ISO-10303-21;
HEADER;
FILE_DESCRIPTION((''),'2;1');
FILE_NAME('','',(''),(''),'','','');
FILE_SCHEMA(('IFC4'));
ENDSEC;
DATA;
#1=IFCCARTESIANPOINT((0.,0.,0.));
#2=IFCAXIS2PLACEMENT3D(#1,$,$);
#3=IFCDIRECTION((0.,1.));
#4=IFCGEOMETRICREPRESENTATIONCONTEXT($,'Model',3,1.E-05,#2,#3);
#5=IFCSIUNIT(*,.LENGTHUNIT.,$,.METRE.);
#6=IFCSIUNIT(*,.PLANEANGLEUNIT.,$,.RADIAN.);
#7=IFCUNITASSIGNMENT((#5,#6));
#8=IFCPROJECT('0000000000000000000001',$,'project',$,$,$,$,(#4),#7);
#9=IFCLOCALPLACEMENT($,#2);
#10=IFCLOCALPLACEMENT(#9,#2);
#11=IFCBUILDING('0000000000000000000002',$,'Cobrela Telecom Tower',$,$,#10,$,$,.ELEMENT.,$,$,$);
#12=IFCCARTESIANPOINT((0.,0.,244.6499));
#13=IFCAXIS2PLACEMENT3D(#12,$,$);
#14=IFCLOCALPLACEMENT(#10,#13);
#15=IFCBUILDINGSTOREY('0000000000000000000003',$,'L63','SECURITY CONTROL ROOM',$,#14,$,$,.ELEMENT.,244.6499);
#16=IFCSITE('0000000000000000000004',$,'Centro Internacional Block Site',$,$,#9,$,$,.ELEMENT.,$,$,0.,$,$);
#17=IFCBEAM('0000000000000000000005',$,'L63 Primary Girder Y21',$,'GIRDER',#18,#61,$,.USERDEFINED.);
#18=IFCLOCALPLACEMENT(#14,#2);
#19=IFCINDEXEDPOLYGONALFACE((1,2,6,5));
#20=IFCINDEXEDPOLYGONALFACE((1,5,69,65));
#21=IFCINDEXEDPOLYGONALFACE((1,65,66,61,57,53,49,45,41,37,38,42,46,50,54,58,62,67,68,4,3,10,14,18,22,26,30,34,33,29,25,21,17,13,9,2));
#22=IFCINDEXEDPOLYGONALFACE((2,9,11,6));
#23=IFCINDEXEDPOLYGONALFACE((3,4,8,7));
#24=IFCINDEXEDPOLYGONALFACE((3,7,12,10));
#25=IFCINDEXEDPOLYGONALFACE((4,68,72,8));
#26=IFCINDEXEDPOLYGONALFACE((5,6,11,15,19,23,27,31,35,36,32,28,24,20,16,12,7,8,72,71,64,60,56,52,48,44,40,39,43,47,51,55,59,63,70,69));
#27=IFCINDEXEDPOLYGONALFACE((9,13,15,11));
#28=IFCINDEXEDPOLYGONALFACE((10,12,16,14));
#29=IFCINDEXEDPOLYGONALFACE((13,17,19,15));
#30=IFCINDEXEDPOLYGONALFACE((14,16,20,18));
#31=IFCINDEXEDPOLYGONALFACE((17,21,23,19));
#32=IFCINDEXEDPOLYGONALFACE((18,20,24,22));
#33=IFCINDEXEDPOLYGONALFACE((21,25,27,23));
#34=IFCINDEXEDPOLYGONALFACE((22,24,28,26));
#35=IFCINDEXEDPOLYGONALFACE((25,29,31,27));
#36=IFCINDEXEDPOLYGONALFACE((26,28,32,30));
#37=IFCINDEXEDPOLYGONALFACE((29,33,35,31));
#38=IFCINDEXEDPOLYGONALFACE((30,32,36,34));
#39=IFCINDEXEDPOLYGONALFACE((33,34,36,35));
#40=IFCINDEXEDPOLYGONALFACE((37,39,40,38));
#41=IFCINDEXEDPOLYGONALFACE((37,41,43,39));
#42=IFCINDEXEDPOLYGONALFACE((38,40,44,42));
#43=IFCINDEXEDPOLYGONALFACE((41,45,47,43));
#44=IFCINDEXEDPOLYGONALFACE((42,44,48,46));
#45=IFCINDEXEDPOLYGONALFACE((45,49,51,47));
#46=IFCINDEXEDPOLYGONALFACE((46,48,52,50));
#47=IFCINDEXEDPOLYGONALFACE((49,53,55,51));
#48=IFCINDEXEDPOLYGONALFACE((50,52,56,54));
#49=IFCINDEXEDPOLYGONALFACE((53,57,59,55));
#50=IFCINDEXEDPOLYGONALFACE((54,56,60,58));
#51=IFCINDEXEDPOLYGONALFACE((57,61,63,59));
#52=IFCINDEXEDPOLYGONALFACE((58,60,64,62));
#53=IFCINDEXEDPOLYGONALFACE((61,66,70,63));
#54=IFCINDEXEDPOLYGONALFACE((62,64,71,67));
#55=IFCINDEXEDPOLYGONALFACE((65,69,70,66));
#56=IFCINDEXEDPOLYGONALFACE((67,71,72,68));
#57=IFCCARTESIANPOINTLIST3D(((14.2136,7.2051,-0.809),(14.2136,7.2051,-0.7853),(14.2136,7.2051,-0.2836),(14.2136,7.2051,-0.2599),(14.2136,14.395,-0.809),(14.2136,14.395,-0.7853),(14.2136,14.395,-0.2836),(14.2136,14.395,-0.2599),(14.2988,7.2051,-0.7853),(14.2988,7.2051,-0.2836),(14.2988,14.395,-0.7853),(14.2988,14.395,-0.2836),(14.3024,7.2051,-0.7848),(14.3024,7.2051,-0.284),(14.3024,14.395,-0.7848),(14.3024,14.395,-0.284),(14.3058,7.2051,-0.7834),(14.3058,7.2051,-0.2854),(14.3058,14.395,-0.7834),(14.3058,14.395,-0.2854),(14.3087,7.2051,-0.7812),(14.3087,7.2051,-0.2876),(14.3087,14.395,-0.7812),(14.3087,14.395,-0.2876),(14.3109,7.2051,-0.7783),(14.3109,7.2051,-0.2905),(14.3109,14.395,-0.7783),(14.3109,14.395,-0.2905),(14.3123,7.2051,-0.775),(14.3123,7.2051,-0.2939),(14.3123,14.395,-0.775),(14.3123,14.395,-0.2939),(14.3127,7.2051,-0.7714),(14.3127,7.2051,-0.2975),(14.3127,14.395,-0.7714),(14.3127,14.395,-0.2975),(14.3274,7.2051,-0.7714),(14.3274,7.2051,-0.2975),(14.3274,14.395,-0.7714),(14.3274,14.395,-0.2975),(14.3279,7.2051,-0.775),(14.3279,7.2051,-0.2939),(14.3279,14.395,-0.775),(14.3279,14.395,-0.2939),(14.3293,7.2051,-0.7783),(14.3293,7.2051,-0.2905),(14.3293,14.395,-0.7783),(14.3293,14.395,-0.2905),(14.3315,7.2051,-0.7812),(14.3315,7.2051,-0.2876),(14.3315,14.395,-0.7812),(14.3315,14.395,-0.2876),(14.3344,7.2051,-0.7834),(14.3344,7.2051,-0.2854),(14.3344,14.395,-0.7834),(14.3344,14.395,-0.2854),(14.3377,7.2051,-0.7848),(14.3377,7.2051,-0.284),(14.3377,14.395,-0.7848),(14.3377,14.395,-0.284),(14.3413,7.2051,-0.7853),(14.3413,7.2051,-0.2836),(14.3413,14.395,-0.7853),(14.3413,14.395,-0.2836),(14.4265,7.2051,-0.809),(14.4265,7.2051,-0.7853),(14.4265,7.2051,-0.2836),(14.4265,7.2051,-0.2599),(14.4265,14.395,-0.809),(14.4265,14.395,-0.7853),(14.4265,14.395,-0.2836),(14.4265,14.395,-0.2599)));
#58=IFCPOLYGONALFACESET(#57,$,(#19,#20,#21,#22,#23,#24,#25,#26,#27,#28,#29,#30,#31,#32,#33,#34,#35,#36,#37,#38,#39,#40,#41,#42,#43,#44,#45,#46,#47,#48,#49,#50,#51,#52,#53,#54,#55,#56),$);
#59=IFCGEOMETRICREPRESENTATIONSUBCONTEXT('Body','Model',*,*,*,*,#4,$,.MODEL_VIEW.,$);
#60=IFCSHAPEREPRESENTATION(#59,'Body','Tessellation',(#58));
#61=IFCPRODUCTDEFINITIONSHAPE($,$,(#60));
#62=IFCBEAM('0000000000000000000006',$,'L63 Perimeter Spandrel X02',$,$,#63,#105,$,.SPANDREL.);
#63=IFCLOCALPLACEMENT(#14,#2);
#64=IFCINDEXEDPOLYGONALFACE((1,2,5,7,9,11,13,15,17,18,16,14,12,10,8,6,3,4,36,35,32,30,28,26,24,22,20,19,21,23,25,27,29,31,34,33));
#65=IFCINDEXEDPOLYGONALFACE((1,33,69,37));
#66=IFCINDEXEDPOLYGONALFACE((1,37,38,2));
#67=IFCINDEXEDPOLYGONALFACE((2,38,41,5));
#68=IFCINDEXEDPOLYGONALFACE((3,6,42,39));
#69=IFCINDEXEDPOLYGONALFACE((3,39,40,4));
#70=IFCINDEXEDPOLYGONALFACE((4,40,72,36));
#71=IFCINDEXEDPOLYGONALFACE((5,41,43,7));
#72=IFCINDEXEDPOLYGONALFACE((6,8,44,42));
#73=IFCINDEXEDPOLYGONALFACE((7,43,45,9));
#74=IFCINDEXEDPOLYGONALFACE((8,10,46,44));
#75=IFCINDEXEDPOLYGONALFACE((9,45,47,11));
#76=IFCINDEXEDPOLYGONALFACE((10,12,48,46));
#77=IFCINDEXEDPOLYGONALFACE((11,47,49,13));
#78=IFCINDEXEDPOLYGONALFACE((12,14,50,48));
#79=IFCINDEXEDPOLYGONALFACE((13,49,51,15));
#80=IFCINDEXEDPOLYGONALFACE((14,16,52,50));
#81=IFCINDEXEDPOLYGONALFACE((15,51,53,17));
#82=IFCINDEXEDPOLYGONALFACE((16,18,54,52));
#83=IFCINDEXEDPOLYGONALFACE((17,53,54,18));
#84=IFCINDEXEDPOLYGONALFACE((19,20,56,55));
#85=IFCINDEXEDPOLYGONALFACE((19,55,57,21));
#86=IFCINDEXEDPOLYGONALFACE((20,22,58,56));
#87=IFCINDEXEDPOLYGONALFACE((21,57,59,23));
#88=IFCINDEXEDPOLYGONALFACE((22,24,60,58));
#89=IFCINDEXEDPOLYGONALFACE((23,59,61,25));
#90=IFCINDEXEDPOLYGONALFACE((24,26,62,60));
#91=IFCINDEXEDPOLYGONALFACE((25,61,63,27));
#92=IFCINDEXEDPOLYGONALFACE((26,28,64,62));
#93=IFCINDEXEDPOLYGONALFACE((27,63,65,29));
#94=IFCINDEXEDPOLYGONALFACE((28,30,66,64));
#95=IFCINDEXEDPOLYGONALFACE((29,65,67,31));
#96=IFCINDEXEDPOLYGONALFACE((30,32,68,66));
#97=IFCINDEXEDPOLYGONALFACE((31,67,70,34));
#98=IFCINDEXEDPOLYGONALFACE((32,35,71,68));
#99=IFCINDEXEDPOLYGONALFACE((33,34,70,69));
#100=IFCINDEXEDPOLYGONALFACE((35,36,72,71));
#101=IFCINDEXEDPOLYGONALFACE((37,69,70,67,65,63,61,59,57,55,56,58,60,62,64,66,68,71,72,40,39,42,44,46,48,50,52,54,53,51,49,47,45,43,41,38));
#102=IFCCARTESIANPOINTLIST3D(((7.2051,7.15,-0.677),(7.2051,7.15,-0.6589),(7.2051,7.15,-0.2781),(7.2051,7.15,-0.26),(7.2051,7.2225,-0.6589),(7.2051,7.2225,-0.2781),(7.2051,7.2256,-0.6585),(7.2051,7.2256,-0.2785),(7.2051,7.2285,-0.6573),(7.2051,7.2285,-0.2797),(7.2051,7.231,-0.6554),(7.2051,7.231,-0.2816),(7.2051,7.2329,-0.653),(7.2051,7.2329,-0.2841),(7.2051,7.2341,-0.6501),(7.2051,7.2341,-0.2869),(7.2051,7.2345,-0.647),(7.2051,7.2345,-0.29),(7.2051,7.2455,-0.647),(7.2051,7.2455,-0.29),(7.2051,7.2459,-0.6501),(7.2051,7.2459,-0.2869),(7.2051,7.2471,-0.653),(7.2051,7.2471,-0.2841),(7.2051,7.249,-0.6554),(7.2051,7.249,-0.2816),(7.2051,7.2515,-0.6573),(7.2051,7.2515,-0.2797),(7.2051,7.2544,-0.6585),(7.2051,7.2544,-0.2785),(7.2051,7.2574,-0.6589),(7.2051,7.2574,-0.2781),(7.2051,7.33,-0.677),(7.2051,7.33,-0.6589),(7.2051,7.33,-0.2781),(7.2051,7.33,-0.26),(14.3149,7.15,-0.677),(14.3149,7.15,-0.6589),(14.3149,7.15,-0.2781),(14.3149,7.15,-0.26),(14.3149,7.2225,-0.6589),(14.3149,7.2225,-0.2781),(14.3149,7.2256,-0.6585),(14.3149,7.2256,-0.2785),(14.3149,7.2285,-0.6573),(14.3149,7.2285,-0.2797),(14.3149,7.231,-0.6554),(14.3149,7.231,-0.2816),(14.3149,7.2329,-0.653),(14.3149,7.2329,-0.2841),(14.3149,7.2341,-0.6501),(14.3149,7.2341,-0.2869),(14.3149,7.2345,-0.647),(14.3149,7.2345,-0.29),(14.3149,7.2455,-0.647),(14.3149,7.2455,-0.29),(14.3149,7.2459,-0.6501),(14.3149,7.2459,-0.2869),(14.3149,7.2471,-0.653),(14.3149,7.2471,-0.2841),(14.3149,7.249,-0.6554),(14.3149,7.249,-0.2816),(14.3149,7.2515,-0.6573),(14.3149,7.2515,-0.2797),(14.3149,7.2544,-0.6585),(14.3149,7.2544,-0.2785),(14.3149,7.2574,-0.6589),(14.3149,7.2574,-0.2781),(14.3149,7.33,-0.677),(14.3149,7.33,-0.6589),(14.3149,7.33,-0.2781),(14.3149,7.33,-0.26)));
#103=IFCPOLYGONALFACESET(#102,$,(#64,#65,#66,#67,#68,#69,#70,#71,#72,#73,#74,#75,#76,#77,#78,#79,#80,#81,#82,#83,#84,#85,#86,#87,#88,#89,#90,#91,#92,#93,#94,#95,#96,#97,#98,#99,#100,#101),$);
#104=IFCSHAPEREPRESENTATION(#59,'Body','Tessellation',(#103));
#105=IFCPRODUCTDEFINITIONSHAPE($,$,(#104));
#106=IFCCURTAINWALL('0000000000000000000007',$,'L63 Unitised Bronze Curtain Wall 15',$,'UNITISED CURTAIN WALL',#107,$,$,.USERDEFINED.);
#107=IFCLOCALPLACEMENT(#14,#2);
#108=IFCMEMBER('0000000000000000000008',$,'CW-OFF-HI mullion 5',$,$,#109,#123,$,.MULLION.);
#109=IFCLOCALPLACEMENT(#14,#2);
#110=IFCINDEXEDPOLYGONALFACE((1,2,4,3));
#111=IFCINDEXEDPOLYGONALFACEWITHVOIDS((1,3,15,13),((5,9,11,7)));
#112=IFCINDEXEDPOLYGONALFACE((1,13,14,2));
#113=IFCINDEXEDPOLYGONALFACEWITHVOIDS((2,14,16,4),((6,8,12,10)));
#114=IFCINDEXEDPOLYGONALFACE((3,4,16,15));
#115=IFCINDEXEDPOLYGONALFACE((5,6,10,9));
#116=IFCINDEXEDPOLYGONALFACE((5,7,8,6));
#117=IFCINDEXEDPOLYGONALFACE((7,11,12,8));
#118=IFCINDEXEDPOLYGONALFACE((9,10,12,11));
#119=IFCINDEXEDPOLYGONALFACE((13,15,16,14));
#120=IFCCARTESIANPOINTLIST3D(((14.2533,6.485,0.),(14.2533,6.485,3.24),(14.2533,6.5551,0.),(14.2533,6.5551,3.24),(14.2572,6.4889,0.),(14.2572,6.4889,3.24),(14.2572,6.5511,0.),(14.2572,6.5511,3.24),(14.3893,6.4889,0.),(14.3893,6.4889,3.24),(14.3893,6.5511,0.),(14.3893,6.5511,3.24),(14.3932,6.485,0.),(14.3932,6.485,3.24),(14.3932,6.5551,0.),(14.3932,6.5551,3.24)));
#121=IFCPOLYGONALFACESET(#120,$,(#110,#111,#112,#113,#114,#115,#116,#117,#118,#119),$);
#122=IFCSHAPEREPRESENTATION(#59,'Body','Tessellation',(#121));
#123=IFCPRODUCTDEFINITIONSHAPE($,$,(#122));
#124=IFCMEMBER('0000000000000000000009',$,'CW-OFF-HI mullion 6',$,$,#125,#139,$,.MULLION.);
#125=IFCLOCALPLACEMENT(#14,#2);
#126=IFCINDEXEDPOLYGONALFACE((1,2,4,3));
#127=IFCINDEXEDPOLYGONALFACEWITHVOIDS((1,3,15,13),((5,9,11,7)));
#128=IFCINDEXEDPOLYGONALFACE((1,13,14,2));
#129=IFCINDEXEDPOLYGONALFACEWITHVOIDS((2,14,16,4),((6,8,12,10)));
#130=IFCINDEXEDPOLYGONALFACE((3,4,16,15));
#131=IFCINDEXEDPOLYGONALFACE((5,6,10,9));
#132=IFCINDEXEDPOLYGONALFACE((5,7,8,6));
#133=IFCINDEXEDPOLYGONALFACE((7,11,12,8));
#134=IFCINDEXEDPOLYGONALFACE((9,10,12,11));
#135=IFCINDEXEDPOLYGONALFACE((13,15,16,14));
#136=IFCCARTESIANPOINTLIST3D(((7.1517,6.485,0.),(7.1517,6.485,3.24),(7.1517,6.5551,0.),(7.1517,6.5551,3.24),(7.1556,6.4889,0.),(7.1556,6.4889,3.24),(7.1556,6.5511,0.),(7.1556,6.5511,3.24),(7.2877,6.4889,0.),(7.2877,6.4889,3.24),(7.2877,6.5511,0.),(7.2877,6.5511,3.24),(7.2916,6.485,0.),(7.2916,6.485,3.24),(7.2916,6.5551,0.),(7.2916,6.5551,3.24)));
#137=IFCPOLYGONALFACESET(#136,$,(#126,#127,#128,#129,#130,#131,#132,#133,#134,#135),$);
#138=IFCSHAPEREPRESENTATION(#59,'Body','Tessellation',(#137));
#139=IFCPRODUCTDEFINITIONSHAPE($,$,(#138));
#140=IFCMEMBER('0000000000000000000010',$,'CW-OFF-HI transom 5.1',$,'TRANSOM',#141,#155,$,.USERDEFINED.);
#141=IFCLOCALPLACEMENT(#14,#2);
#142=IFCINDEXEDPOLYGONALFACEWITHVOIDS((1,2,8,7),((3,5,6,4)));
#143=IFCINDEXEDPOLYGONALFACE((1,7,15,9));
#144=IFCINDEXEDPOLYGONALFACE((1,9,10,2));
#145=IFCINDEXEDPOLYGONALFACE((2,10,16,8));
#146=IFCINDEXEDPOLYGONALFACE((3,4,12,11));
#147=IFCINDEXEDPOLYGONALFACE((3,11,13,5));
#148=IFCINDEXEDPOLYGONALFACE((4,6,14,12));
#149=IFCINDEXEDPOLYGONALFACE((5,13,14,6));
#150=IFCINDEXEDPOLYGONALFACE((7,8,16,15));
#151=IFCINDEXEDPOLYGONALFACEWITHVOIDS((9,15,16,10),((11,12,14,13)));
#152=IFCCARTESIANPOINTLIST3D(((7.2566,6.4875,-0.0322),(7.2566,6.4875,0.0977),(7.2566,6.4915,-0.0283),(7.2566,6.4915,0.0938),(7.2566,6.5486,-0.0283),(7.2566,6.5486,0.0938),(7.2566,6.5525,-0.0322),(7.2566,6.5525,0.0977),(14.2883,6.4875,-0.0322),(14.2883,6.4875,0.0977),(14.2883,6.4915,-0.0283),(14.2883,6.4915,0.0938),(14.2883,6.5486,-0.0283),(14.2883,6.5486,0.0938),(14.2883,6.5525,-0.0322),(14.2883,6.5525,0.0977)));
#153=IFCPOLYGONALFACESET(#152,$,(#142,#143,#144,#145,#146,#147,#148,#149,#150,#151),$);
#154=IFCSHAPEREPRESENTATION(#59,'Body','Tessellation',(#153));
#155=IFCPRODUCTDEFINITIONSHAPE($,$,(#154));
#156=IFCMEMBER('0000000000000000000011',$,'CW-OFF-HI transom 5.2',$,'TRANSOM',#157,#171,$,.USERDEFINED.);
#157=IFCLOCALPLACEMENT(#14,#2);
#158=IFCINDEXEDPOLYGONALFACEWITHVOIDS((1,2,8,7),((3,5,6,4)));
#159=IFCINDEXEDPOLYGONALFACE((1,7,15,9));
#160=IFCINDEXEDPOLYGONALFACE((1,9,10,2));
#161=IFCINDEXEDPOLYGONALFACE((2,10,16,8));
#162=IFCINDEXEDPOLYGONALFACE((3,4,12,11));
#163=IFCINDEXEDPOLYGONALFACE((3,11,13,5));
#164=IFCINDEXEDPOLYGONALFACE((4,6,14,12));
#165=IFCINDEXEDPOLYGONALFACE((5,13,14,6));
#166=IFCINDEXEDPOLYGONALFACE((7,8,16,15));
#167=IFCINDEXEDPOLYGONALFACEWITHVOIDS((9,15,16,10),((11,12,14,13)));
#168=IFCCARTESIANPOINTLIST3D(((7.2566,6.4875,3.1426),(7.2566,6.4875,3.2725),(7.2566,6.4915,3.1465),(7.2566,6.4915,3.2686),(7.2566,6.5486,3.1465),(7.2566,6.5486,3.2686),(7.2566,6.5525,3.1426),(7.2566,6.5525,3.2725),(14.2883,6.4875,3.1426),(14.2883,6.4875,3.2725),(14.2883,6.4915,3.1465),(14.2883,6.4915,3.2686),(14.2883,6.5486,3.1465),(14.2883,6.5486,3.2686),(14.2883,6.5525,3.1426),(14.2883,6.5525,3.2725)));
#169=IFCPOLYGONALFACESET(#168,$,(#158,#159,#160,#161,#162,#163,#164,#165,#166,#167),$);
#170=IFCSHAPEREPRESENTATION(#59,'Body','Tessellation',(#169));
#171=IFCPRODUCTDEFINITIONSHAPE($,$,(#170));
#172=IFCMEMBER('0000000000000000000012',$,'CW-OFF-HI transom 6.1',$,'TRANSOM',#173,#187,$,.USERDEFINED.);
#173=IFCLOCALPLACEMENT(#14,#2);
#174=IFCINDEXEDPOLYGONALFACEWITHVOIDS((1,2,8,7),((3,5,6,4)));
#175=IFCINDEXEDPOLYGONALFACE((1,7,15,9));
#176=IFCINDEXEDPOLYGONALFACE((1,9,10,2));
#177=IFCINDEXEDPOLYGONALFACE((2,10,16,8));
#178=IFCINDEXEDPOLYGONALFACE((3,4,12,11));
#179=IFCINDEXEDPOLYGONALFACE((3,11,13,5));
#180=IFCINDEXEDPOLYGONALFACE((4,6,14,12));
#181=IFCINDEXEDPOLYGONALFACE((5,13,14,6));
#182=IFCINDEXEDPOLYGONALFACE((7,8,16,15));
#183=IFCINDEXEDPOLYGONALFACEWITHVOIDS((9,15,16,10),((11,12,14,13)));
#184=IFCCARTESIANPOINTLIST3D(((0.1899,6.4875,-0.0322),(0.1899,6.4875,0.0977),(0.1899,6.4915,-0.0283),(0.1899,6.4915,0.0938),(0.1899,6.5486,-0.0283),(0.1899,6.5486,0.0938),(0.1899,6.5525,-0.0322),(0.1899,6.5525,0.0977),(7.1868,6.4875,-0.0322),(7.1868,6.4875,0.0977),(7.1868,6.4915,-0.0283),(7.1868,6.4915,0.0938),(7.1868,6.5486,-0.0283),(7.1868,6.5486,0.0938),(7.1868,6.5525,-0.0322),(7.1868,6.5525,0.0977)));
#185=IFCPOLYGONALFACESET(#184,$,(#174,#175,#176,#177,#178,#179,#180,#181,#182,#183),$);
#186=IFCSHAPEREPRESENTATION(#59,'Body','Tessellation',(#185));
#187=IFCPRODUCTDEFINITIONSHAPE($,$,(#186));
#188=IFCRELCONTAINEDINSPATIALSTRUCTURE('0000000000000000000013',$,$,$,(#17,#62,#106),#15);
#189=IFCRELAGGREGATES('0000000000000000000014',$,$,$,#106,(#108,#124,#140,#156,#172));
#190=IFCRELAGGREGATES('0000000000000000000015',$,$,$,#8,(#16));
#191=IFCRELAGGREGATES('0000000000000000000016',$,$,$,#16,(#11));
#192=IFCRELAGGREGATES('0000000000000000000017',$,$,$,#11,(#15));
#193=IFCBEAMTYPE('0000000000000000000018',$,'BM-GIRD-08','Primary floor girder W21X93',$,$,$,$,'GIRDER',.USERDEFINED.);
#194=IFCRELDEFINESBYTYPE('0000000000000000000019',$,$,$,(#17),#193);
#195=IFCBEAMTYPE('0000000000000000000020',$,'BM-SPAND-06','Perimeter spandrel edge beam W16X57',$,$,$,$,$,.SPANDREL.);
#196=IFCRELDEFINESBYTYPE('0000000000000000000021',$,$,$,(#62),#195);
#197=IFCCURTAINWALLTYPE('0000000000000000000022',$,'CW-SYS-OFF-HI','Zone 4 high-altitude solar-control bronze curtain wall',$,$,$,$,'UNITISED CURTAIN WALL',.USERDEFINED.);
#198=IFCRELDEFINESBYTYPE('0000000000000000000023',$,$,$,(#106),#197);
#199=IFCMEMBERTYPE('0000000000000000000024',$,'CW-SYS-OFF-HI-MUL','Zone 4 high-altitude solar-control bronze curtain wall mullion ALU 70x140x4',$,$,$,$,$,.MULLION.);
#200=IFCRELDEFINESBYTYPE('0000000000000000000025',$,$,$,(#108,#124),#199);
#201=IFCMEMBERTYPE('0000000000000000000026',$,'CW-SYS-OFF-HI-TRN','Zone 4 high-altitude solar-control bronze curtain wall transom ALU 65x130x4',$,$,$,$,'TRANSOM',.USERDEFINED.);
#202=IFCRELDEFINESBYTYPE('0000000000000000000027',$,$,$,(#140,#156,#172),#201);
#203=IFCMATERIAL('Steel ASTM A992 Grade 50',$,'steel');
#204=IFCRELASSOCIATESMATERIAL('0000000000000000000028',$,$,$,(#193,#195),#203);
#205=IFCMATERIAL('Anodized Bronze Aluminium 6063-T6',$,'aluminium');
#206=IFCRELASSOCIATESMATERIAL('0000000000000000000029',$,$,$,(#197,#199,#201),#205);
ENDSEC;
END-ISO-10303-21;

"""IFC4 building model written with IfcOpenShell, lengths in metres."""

from ifc_helpers import new_model, si_unit, direction, frame, origin, origin_2d, place, context, subcontext, project, spatial, hollow_rectangle, i_section, extrude, material, material_profile, profile_set, type_object, element, aggregate, save


model = new_model("IFC4")

# Units and contexts
model_context = context("Model", 3, precision=1e-05, world=origin(), true_north=direction((0.0, 1.0)))
body_context = subcontext(model_context, "Body", "Model", "MODEL_VIEW")
ifc_project = project(units=[si_unit("LENGTHUNIT", "METRE"), si_unit("PLANEANGLEUNIT", "RADIAN")], contexts=[model_context])

# Site, building, storey
site_placement = place(None, origin())
site = spatial("IfcSite", under=ifc_project, at=site_placement, Name="Centro Internacional Block Site", CompositionType="ELEMENT", RefElevation=0.0)
building_placement = place(site_placement, origin())
building = spatial("IfcBuilding", under=site, at=building_placement, Name="Cobrela Telecom Tower", CompositionType="ELEMENT")
storey_placement = place(building_placement, frame((0.0, 0.0, 244.6499)))
storey = spatial("IfcBuildingStorey", under=building, at=storey_placement, Name="L63", Description="SECURITY CONTROL ROOM", CompositionType="ELEMENT", Elevation=244.6499)

# Beams
ifc_material_1 = material(Name="Steel ASTM A992 Grade 50", Category="steel")
ifc_material_profile_1 = material_profile(ifc_material_1, i_section(OverallWidth=0.2129, OverallDepth=0.5491, WebThickness=0.0146, FlangeThickness=0.0237, FilletRadius=0.0139, at=origin_2d()), Name="W21X93")
ifc_profile_set_1 = profile_set([ifc_material_profile_1], Name="Steel ASTM A992 Grade 50")
beam_type_1 = type_object("IfcBeamType", Name="BM-GIRD-08", Description="Primary floor girder W21X93", ElementType="GIRDER", PredefinedType="USERDEFINED", material=ifc_profile_set_1)
beam_1_placement = place(storey_placement, frame((14.3201, 7.2051, -0.5344), z_axis=(0.0, 1.0, 0.0), x_axis=(-1.0, 0.0, 0.0)))
element("IfcBeam", 1, at=beam_1_placement, inside=storey, type_object=beam_type_1, Name="L63 Primary Girder Y21", ObjectType="GIRDER", PredefinedType="USERDEFINED", context=body_context, shape_type="SweptSolid", body=[
    extrude(i_section(OverallWidth=0.2129, OverallDepth=0.5491, WebThickness=0.0146, FlangeThickness=0.0237, FilletRadius=0.0139, at=origin_2d()), origin(), (0.0, 0.0, 1.0), 7.1899),
])
ifc_material_profile_2 = material_profile(ifc_material_1, i_section(OverallWidth=0.1799, OverallDepth=0.417, WebThickness=0.011, FlangeThickness=0.0181, FilletRadius=0.012, at=origin_2d()), Name="W16X57")
ifc_profile_set_2 = profile_set([ifc_material_profile_2], Name="Steel ASTM A992 Grade 50")
beam_type_2 = type_object("IfcBeamType", Name="BM-SPAND-06", Description="Perimeter spandrel edge beam W16X57", PredefinedType="SPANDREL", material=ifc_profile_set_2)
beam_2_placement = place(storey_placement, frame((7.2051, 7.24, -0.4685), z_axis=(1.0, 0.0, 0.0), x_axis=(0.0, 1.0, 0.0)))
element("IfcBeam", 2, at=beam_2_placement, inside=storey, type_object=beam_type_2, Name="L63 Perimeter Spandrel X02", PredefinedType="SPANDREL", context=body_context, shape_type="SweptSolid", body=[
    extrude(i_section(OverallWidth=0.1799, OverallDepth=0.417, WebThickness=0.011, FlangeThickness=0.0181, FilletRadius=0.012, at=origin_2d()), origin(), (0.0, 0.0, 1.0), 7.1099),
])

# Curtain wall, members
ifc_material_2 = material(Name="Anodized Bronze Aluminium 6063-T6", Category="aluminium")
curtain_wall_type = type_object("IfcCurtainWallType", Name="CW-SYS-OFF-HI", Description="Zone 4 high-altitude solar-control bronze curtain wall", ElementType="UNITISED CURTAIN WALL", PredefinedType="USERDEFINED", material=ifc_material_2)
curtain_wall_placement = place(storey_placement, origin())
curtain_wall = element("IfcCurtainWall", 3, at=curtain_wall_placement, inside=storey, type_object=curtain_wall_type, Name="L63 Unitised Bronze Curtain Wall 15", ObjectType="UNITISED CURTAIN WALL", PredefinedType="USERDEFINED")
ifc_material_profile_3 = material_profile(ifc_material_2, hollow_rectangle(XDim=0.0701, YDim=0.1399, WallThickness=0.0039, at=origin_2d()), Name="ALU 70x140x4")
ifc_profile_set_3 = profile_set([ifc_material_profile_3], Name="Anodized Bronze Aluminium 6063-T6")
member_type_1 = type_object("IfcMemberType", Name="CW-SYS-OFF-HI-MUL", Description="Zone 4 high-altitude solar-control bronze curtain wall mullion ALU 70x140x4", PredefinedType="MULLION", material=ifc_profile_set_3)
member_1_placement = place(storey_placement, frame((14.3232, 6.52, 0.0), z_axis=(0.0, 0.0, 1.0), x_axis=(0.0, -1.0, 0.0)))
member_1 = element("IfcMember", 4, at=member_1_placement, type_object=member_type_1, Name="CW-OFF-HI mullion 5", PredefinedType="MULLION", context=body_context, shape_type="SweptSolid", body=[
    extrude(hollow_rectangle(XDim=0.0701, YDim=0.1399, WallThickness=0.0039, at=origin_2d()), origin(), (0.0, 0.0, 1.0), 3.24),
])
member_2_placement = place(storey_placement, frame((7.2217, 6.52, 0.0), z_axis=(0.0, 0.0, 1.0), x_axis=(0.0, -1.0, 0.0)))
member_2 = element("IfcMember", 5, at=member_2_placement, type_object=member_type_1, Name="CW-OFF-HI mullion 6", PredefinedType="MULLION", context=body_context, shape_type="SweptSolid", body=[
    extrude(hollow_rectangle(XDim=0.0701, YDim=0.1399, WallThickness=0.0039, at=origin_2d()), origin(), (0.0, 0.0, 1.0), 3.24),
])
ifc_material_profile_4 = material_profile(ifc_material_2, hollow_rectangle(XDim=0.0649, YDim=0.1299, WallThickness=0.0039, at=origin_2d()), Name="ALU 65x130x4")
ifc_profile_set_4 = profile_set([ifc_material_profile_4], Name="Anodized Bronze Aluminium 6063-T6")
member_type_2 = type_object("IfcMemberType", Name="CW-SYS-OFF-HI-TRN", Description="Zone 4 high-altitude solar-control bronze curtain wall transom ALU 65x130x4", ElementType="TRANSOM", PredefinedType="USERDEFINED", material=ifc_profile_set_4)
member_3_placement = place(storey_placement, frame((14.2883, 6.52, 0.0327), z_axis=(-1.0, 0.0, 0.0), x_axis=(0.0, -1.0, 0.0)))
member_3 = element("IfcMember", 6, at=member_3_placement, type_object=member_type_2, Name="CW-OFF-HI transom 5.1", ObjectType="TRANSOM", PredefinedType="USERDEFINED", context=body_context, shape_type="SweptSolid", body=[
    extrude(hollow_rectangle(XDim=0.0649, YDim=0.1299, WallThickness=0.0039, at=origin_2d()), origin(), (0.0, 0.0, 1.0), 7.0317),
])
member_4_placement = place(storey_placement, frame((14.2883, 6.52, 3.2075), z_axis=(-1.0, 0.0, 0.0), x_axis=(0.0, -1.0, 0.0)))
member_4 = element("IfcMember", 7, at=member_4_placement, type_object=member_type_2, Name="CW-OFF-HI transom 5.2", ObjectType="TRANSOM", PredefinedType="USERDEFINED", context=body_context, shape_type="SweptSolid", body=[
    extrude(hollow_rectangle(XDim=0.0649, YDim=0.1299, WallThickness=0.0039, at=origin_2d()), origin(), (0.0, 0.0, 1.0), 7.0317),
])
member_5_placement = place(storey_placement, frame((7.1868, 6.52, 0.0327), z_axis=(-1.0, 0.0, 0.0), x_axis=(0.0, -1.0, 0.0)))
member_5 = element("IfcMember", 8, at=member_5_placement, type_object=member_type_2, Name="CW-OFF-HI transom 6.1", ObjectType="TRANSOM", PredefinedType="USERDEFINED", context=body_context, shape_type="SweptSolid", body=[
    extrude(hollow_rectangle(XDim=0.0649, YDim=0.1299, WallThickness=0.0039, at=origin_2d()), origin(), (0.0, 0.0, 1.0), 6.9968),
])
aggregate(curtain_wall, [member_1, member_2, member_3, member_4, member_5])

save(model, "model.ifc")
